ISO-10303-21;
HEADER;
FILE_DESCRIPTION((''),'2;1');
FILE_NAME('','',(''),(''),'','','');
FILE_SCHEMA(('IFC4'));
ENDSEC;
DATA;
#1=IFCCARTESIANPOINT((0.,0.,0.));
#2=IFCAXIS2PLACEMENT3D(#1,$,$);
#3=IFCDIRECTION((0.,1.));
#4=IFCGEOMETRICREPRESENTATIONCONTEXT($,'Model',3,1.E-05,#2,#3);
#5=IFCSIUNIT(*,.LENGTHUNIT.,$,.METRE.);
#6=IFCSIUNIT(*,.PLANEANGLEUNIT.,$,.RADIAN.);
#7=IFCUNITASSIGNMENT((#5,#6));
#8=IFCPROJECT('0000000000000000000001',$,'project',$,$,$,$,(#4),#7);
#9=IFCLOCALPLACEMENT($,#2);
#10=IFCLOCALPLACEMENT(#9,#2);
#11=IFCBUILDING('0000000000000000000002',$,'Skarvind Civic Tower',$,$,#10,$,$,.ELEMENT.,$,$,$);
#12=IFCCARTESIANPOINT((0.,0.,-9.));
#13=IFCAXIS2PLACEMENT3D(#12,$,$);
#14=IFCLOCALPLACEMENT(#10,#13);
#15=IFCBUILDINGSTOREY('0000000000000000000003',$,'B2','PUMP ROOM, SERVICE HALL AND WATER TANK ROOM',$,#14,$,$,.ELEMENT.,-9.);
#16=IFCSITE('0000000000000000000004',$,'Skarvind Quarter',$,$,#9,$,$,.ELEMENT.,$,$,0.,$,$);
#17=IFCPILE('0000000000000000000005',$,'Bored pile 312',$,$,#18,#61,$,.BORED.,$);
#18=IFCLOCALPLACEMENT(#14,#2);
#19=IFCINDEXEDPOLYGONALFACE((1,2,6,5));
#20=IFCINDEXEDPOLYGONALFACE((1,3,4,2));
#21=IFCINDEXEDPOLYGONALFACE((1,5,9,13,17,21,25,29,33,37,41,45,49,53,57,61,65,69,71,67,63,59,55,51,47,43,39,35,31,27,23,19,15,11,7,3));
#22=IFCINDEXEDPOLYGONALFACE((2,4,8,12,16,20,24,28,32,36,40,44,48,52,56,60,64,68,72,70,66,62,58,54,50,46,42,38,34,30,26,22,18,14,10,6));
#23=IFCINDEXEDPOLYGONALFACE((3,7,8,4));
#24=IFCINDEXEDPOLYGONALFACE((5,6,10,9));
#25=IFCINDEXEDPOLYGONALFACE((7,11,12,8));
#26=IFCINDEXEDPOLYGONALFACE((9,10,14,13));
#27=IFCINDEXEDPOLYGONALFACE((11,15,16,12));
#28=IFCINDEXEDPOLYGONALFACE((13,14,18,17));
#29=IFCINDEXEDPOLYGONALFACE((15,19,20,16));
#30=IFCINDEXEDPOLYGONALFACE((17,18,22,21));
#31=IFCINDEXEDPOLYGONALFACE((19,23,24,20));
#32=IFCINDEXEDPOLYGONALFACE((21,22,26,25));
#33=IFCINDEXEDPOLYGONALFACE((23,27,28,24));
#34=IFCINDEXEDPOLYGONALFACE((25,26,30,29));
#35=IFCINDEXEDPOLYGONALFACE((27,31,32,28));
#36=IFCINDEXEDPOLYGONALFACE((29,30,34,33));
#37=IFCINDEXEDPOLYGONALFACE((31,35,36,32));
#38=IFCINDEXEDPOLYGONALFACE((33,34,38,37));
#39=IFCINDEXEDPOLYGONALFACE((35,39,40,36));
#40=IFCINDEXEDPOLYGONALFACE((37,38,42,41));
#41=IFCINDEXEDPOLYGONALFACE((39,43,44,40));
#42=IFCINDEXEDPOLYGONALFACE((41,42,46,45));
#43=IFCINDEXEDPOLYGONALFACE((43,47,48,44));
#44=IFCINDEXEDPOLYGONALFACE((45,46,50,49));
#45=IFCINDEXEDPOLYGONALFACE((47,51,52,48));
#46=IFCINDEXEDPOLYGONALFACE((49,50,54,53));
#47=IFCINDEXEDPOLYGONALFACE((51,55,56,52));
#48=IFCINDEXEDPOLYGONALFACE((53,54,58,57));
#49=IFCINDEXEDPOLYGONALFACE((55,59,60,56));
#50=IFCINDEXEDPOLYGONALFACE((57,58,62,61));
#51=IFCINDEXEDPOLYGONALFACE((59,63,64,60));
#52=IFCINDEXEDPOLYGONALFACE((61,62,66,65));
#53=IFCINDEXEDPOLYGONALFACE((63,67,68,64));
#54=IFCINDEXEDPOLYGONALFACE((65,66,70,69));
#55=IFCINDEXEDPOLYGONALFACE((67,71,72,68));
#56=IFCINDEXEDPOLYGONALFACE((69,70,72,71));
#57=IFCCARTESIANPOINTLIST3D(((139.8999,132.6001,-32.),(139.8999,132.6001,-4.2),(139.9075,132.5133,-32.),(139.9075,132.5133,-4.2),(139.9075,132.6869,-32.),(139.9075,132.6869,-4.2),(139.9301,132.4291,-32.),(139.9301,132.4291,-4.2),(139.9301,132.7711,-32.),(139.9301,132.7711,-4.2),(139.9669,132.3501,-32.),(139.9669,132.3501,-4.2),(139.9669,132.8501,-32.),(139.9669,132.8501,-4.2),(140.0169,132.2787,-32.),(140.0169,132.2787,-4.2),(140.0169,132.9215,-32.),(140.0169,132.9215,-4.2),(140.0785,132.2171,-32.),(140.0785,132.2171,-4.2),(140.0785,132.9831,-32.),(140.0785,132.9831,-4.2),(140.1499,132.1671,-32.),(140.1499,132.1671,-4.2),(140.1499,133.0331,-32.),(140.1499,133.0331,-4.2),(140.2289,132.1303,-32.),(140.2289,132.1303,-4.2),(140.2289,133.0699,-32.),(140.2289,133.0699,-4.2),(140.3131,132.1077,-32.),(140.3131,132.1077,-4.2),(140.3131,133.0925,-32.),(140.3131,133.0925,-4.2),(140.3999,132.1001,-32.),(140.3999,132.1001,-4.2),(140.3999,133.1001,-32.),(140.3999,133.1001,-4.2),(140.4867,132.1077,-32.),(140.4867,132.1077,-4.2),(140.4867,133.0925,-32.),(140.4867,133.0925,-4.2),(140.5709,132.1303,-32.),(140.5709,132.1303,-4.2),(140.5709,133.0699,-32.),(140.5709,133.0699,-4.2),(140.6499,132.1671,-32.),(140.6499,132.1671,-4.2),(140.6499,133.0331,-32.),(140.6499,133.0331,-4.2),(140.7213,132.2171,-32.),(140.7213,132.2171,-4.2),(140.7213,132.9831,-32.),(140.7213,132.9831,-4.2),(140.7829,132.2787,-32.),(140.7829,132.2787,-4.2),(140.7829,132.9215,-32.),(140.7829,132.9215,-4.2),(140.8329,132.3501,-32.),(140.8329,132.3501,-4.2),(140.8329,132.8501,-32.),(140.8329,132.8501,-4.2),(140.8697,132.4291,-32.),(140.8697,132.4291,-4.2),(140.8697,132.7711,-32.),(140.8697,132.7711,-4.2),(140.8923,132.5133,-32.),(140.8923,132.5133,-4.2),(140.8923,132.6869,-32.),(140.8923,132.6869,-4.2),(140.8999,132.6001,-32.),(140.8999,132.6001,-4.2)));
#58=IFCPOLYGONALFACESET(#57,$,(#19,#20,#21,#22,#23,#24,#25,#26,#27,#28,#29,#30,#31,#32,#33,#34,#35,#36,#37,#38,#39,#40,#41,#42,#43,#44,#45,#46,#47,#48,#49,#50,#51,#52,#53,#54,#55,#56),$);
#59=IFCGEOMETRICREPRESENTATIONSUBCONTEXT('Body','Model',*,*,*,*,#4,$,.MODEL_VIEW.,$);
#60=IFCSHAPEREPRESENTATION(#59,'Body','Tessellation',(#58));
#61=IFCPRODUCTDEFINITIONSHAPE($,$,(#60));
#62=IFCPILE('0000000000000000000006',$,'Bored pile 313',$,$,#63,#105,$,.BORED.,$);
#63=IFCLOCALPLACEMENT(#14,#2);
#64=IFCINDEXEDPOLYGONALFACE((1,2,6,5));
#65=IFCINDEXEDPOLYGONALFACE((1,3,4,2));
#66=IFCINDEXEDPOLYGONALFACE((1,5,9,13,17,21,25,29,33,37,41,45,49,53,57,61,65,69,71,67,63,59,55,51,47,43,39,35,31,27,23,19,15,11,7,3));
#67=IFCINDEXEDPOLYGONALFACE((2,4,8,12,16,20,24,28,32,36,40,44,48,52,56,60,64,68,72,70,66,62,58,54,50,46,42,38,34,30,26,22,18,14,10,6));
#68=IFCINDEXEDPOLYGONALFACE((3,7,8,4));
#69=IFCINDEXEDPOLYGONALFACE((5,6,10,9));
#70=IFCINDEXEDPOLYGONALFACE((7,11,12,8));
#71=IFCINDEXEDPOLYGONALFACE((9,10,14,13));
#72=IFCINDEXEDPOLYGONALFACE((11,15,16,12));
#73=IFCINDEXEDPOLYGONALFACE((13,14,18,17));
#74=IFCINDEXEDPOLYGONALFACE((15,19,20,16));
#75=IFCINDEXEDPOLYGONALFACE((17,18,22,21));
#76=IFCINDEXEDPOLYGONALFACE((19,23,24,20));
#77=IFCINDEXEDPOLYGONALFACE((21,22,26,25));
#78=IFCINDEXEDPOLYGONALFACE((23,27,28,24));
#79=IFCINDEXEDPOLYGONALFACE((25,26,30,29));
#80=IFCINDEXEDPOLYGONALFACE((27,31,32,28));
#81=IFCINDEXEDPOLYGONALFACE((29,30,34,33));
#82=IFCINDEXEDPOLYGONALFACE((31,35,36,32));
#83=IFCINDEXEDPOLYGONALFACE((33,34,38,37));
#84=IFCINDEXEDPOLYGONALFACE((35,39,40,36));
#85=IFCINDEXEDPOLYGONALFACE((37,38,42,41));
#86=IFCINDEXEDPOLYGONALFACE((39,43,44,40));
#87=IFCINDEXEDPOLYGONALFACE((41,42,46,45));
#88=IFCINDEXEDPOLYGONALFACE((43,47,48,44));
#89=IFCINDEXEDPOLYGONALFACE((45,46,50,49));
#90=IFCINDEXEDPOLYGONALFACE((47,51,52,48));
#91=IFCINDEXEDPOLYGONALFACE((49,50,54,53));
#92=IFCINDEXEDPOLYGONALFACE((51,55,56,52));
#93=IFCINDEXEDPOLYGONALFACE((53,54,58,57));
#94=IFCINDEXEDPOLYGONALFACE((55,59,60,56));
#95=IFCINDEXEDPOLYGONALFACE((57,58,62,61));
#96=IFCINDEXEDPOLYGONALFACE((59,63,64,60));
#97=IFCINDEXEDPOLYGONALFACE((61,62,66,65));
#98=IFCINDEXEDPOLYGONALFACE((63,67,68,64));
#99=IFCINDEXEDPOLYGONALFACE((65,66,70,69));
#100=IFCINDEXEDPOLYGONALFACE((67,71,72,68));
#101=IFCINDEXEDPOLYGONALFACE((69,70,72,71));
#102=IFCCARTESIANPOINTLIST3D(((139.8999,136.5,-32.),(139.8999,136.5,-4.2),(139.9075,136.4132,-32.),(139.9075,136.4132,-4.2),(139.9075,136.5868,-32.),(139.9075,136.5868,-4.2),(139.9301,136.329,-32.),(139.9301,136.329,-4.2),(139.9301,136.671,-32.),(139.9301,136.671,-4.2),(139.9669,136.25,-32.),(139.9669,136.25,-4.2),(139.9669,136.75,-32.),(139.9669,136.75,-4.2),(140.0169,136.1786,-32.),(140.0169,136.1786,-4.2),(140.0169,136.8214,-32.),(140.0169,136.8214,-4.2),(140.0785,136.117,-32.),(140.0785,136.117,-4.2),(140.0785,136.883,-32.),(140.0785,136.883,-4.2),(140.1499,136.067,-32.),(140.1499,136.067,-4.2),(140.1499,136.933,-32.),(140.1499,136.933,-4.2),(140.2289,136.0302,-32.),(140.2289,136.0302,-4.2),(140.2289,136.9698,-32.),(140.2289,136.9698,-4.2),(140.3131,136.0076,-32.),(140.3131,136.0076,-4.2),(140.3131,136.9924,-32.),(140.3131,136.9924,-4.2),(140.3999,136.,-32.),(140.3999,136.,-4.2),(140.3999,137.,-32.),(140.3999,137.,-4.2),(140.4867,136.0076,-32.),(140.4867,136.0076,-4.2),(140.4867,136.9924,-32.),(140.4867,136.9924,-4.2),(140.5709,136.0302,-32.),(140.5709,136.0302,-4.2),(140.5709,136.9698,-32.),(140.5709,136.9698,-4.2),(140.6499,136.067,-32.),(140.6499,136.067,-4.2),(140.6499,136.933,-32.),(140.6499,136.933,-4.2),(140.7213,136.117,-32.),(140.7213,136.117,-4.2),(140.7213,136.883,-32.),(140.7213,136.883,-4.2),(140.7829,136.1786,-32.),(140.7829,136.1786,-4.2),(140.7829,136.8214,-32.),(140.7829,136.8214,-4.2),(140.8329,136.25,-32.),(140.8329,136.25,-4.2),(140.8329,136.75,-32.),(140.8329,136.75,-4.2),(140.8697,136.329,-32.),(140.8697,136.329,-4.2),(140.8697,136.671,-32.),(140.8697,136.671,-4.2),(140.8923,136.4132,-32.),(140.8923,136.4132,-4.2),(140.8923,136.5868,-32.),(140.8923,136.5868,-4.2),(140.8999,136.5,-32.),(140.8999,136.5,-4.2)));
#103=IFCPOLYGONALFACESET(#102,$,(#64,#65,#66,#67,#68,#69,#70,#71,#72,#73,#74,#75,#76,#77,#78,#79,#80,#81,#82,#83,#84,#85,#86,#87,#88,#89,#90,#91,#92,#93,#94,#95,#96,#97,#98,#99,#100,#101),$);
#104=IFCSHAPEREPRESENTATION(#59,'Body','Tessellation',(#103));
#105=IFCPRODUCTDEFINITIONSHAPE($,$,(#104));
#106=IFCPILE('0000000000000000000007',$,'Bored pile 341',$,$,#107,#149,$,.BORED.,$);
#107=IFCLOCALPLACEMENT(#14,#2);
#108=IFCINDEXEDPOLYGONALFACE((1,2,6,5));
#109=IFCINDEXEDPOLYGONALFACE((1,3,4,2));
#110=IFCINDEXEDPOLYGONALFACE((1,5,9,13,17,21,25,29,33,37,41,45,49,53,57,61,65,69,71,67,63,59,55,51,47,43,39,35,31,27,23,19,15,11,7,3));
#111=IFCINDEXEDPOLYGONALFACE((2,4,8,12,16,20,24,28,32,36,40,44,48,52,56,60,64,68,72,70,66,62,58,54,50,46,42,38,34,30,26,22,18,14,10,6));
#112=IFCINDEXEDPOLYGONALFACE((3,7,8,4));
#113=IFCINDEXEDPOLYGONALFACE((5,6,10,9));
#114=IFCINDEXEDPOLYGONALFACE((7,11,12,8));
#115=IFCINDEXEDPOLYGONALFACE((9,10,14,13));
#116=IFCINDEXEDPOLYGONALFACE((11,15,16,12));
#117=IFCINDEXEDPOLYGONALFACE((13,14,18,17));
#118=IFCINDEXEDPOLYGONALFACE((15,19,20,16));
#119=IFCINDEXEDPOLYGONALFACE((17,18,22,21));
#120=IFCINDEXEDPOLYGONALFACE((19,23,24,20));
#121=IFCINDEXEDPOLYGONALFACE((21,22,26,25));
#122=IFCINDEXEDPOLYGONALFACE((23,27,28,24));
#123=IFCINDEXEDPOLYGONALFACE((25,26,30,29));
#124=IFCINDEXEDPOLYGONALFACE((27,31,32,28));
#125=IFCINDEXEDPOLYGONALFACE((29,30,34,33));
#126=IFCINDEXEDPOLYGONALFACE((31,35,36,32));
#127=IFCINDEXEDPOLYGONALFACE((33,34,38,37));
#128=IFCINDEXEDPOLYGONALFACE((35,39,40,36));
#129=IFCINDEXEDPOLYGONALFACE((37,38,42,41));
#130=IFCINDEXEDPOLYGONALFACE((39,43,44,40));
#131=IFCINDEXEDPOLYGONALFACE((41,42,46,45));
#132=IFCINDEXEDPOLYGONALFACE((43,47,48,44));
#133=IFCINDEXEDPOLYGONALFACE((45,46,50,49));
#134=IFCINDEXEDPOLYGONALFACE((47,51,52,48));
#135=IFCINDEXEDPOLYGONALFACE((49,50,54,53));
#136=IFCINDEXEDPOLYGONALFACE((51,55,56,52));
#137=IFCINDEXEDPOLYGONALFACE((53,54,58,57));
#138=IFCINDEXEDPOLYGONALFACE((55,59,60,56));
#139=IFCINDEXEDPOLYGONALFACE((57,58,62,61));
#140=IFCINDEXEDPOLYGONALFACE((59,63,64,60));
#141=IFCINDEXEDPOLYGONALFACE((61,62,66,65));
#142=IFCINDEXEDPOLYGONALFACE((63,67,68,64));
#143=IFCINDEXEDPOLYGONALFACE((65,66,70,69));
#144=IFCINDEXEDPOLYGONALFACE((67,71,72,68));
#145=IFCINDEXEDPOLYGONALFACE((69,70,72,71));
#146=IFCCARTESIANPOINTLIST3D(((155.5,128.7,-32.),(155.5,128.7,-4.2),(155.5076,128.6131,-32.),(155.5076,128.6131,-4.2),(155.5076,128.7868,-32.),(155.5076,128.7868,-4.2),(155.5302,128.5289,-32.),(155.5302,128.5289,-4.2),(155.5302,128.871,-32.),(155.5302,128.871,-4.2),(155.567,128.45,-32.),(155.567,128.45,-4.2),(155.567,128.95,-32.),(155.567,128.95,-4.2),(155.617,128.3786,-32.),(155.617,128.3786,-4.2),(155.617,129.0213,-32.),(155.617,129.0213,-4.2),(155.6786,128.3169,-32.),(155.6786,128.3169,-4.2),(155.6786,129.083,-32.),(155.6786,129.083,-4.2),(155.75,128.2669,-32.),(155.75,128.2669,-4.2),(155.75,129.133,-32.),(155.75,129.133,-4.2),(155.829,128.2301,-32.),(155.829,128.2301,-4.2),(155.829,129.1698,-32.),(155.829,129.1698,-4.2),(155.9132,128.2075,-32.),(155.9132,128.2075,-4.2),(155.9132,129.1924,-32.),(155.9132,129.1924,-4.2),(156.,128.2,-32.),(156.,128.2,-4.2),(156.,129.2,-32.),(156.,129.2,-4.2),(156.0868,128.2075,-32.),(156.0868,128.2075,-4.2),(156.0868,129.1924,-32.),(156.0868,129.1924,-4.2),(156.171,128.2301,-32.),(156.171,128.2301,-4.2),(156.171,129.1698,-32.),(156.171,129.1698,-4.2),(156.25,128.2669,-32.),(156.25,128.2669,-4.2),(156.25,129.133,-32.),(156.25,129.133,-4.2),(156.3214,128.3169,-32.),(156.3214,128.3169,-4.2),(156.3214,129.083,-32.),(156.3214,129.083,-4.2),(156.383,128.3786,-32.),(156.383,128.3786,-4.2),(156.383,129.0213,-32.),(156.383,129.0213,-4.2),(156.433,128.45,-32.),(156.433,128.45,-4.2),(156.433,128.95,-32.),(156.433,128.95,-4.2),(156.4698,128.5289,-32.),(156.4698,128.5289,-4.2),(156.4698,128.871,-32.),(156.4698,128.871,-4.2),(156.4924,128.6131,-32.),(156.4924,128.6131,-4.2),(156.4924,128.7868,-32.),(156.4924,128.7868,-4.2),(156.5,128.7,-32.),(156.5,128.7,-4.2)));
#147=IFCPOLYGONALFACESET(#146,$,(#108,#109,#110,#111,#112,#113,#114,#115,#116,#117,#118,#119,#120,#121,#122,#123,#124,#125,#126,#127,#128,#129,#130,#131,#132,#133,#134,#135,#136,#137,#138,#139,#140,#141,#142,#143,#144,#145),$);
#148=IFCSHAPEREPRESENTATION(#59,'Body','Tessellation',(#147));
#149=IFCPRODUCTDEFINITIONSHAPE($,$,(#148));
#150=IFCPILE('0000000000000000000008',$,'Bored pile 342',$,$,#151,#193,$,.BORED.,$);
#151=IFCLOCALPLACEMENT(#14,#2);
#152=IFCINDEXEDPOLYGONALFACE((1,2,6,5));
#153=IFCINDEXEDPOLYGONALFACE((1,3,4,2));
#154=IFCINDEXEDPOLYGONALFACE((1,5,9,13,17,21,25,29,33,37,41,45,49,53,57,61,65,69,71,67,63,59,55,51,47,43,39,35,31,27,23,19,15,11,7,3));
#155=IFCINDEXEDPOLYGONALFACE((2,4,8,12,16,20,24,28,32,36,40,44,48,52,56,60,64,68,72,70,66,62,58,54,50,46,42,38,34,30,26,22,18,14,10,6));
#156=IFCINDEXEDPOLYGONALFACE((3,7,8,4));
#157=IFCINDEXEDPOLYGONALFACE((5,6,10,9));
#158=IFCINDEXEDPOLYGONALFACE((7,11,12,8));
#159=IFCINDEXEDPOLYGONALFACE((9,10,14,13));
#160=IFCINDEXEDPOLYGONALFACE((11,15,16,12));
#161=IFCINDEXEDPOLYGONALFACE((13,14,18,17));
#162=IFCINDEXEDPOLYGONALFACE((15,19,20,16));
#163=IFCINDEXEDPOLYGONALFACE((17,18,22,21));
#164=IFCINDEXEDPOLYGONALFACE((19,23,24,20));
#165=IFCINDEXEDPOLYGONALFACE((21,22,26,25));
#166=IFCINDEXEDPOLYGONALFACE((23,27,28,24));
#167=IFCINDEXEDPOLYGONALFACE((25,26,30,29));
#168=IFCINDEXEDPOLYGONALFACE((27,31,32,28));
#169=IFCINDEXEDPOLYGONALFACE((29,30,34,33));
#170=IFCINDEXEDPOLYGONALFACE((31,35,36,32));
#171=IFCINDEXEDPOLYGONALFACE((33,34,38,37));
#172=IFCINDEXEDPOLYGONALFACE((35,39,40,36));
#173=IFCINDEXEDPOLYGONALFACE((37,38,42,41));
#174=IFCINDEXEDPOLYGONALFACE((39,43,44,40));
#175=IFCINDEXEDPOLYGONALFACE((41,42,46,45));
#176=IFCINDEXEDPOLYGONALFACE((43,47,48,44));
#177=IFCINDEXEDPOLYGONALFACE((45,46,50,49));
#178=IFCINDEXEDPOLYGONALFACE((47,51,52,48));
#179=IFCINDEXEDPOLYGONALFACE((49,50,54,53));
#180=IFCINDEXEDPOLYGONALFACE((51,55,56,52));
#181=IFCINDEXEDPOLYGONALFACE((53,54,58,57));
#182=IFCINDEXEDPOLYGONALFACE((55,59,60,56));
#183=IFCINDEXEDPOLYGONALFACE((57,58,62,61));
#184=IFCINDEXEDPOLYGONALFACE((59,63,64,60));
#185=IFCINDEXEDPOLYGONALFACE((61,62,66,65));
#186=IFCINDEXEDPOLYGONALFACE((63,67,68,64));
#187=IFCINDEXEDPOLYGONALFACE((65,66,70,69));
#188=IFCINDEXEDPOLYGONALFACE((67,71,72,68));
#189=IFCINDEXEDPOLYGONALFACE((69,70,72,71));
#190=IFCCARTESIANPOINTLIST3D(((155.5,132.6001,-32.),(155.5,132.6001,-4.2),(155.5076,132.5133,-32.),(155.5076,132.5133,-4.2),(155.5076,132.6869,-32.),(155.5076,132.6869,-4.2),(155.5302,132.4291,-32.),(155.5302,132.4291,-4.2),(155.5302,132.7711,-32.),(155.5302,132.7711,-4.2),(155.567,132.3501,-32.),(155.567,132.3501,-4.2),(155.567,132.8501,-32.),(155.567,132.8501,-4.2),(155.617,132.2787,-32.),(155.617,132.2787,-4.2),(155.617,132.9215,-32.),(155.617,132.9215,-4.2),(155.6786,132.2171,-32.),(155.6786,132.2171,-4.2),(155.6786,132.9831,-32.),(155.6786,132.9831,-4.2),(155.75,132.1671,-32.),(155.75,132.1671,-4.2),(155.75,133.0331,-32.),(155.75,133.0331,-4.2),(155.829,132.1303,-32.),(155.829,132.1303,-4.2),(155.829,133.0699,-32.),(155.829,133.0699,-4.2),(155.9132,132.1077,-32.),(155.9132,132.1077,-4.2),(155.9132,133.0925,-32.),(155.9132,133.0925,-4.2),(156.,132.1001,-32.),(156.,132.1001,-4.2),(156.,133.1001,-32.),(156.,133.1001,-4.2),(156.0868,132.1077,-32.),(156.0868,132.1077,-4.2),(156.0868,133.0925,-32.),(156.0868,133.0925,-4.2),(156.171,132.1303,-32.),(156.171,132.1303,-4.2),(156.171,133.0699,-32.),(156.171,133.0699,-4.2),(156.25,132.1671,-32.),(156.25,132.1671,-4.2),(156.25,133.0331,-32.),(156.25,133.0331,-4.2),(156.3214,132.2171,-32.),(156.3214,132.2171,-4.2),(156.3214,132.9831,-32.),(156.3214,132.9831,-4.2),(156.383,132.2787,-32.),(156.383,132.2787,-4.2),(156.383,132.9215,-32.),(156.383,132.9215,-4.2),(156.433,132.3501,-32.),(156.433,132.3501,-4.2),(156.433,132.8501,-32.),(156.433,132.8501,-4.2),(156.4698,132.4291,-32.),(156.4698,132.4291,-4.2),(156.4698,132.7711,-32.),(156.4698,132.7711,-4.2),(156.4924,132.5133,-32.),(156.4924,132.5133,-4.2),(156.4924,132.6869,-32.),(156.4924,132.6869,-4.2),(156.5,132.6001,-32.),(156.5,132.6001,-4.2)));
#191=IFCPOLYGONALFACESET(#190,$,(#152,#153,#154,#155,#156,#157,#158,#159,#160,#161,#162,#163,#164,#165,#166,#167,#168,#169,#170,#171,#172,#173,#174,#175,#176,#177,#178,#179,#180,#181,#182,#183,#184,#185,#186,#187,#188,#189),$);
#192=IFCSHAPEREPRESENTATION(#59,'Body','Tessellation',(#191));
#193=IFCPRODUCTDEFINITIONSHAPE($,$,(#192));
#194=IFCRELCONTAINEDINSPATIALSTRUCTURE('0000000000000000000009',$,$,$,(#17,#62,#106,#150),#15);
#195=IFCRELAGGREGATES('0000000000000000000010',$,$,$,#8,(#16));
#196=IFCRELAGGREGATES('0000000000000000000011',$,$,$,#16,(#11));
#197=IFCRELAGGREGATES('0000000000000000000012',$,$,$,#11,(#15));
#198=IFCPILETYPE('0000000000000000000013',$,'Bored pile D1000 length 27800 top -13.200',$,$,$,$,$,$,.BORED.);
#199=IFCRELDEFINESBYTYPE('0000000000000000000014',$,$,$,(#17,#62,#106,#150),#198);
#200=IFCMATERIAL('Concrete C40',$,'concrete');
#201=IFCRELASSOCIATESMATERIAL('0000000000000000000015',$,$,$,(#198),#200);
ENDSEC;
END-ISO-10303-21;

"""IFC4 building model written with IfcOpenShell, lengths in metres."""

from ifc_helpers import new_model, si_unit, direction, frame, origin, origin_2d, place, context, subcontext, project, spatial, circle, extrude, material, type_object, element, save


model = new_model("IFC4")

# Units and contexts
model_context = context("Model", 3, precision=1e-05, world=origin(), true_north=direction((0.0, 1.0)))
body_context = subcontext(model_context, "Body", "Model", "MODEL_VIEW")
ifc_project = project(units=[si_unit("LENGTHUNIT", "METRE"), si_unit("PLANEANGLEUNIT", "RADIAN")], contexts=[model_context])

# Site, building, storey
site_placement = place(None, origin())
site = spatial("IfcSite", under=ifc_project, at=site_placement, Name="Skarvind Quarter", CompositionType="ELEMENT", RefElevation=0.0)
building_placement = place(site_placement, origin())
building = spatial("IfcBuilding", under=site, at=building_placement, Name="Skarvind Civic Tower", CompositionType="ELEMENT")
storey_placement = place(building_placement, frame((0.0, 0.0, -9.0)))
storey = spatial("IfcBuildingStorey", under=building, at=storey_placement, Name="B2", Description="PUMP ROOM, SERVICE HALL AND WATER TANK ROOM", CompositionType="ELEMENT", Elevation=-9.0)

# Piles
ifc_material_1 = material(Name="Concrete C40", Category="concrete")
pile_type_1 = type_object("IfcPileType", Name="Bored pile D1000 length 27800 top -13.200", PredefinedType="BORED", material=ifc_material_1)
for number, where, z_axis, x_axis, name in (
    (1, (140.3999, 132.6001, -4.2), (0.0, 0.0, -1.0), (1.0, 0.0, 0.0), "Bored pile 312"),
    (2, (140.3999, 136.5, -4.2), (0.0, 0.0, -1.0), (1.0, 0.0, 0.0), "Bored pile 313"),
    (3, (156.0, 128.7, -4.2), (0.0, 0.0, -1.0), (1.0, 0.0, 0.0), "Bored pile 341"),
    (4, (156.0, 132.6001, -4.2), (0.0, 0.0, -1.0), (1.0, 0.0, 0.0), "Bored pile 342"),
):
    element("IfcPile", number, at=place(storey_placement, frame(where, z_axis=z_axis, x_axis=x_axis)), inside=storey, type_object=pile_type_1, Name=name, PredefinedType="BORED", context=body_context, shape_type="SweptSolid", body=[
        extrude(circle(Radius=0.5, at=origin_2d()), origin(), (0.0, 0.0, 1.0), 27.8),
    ])

save(model, "model.ifc")
